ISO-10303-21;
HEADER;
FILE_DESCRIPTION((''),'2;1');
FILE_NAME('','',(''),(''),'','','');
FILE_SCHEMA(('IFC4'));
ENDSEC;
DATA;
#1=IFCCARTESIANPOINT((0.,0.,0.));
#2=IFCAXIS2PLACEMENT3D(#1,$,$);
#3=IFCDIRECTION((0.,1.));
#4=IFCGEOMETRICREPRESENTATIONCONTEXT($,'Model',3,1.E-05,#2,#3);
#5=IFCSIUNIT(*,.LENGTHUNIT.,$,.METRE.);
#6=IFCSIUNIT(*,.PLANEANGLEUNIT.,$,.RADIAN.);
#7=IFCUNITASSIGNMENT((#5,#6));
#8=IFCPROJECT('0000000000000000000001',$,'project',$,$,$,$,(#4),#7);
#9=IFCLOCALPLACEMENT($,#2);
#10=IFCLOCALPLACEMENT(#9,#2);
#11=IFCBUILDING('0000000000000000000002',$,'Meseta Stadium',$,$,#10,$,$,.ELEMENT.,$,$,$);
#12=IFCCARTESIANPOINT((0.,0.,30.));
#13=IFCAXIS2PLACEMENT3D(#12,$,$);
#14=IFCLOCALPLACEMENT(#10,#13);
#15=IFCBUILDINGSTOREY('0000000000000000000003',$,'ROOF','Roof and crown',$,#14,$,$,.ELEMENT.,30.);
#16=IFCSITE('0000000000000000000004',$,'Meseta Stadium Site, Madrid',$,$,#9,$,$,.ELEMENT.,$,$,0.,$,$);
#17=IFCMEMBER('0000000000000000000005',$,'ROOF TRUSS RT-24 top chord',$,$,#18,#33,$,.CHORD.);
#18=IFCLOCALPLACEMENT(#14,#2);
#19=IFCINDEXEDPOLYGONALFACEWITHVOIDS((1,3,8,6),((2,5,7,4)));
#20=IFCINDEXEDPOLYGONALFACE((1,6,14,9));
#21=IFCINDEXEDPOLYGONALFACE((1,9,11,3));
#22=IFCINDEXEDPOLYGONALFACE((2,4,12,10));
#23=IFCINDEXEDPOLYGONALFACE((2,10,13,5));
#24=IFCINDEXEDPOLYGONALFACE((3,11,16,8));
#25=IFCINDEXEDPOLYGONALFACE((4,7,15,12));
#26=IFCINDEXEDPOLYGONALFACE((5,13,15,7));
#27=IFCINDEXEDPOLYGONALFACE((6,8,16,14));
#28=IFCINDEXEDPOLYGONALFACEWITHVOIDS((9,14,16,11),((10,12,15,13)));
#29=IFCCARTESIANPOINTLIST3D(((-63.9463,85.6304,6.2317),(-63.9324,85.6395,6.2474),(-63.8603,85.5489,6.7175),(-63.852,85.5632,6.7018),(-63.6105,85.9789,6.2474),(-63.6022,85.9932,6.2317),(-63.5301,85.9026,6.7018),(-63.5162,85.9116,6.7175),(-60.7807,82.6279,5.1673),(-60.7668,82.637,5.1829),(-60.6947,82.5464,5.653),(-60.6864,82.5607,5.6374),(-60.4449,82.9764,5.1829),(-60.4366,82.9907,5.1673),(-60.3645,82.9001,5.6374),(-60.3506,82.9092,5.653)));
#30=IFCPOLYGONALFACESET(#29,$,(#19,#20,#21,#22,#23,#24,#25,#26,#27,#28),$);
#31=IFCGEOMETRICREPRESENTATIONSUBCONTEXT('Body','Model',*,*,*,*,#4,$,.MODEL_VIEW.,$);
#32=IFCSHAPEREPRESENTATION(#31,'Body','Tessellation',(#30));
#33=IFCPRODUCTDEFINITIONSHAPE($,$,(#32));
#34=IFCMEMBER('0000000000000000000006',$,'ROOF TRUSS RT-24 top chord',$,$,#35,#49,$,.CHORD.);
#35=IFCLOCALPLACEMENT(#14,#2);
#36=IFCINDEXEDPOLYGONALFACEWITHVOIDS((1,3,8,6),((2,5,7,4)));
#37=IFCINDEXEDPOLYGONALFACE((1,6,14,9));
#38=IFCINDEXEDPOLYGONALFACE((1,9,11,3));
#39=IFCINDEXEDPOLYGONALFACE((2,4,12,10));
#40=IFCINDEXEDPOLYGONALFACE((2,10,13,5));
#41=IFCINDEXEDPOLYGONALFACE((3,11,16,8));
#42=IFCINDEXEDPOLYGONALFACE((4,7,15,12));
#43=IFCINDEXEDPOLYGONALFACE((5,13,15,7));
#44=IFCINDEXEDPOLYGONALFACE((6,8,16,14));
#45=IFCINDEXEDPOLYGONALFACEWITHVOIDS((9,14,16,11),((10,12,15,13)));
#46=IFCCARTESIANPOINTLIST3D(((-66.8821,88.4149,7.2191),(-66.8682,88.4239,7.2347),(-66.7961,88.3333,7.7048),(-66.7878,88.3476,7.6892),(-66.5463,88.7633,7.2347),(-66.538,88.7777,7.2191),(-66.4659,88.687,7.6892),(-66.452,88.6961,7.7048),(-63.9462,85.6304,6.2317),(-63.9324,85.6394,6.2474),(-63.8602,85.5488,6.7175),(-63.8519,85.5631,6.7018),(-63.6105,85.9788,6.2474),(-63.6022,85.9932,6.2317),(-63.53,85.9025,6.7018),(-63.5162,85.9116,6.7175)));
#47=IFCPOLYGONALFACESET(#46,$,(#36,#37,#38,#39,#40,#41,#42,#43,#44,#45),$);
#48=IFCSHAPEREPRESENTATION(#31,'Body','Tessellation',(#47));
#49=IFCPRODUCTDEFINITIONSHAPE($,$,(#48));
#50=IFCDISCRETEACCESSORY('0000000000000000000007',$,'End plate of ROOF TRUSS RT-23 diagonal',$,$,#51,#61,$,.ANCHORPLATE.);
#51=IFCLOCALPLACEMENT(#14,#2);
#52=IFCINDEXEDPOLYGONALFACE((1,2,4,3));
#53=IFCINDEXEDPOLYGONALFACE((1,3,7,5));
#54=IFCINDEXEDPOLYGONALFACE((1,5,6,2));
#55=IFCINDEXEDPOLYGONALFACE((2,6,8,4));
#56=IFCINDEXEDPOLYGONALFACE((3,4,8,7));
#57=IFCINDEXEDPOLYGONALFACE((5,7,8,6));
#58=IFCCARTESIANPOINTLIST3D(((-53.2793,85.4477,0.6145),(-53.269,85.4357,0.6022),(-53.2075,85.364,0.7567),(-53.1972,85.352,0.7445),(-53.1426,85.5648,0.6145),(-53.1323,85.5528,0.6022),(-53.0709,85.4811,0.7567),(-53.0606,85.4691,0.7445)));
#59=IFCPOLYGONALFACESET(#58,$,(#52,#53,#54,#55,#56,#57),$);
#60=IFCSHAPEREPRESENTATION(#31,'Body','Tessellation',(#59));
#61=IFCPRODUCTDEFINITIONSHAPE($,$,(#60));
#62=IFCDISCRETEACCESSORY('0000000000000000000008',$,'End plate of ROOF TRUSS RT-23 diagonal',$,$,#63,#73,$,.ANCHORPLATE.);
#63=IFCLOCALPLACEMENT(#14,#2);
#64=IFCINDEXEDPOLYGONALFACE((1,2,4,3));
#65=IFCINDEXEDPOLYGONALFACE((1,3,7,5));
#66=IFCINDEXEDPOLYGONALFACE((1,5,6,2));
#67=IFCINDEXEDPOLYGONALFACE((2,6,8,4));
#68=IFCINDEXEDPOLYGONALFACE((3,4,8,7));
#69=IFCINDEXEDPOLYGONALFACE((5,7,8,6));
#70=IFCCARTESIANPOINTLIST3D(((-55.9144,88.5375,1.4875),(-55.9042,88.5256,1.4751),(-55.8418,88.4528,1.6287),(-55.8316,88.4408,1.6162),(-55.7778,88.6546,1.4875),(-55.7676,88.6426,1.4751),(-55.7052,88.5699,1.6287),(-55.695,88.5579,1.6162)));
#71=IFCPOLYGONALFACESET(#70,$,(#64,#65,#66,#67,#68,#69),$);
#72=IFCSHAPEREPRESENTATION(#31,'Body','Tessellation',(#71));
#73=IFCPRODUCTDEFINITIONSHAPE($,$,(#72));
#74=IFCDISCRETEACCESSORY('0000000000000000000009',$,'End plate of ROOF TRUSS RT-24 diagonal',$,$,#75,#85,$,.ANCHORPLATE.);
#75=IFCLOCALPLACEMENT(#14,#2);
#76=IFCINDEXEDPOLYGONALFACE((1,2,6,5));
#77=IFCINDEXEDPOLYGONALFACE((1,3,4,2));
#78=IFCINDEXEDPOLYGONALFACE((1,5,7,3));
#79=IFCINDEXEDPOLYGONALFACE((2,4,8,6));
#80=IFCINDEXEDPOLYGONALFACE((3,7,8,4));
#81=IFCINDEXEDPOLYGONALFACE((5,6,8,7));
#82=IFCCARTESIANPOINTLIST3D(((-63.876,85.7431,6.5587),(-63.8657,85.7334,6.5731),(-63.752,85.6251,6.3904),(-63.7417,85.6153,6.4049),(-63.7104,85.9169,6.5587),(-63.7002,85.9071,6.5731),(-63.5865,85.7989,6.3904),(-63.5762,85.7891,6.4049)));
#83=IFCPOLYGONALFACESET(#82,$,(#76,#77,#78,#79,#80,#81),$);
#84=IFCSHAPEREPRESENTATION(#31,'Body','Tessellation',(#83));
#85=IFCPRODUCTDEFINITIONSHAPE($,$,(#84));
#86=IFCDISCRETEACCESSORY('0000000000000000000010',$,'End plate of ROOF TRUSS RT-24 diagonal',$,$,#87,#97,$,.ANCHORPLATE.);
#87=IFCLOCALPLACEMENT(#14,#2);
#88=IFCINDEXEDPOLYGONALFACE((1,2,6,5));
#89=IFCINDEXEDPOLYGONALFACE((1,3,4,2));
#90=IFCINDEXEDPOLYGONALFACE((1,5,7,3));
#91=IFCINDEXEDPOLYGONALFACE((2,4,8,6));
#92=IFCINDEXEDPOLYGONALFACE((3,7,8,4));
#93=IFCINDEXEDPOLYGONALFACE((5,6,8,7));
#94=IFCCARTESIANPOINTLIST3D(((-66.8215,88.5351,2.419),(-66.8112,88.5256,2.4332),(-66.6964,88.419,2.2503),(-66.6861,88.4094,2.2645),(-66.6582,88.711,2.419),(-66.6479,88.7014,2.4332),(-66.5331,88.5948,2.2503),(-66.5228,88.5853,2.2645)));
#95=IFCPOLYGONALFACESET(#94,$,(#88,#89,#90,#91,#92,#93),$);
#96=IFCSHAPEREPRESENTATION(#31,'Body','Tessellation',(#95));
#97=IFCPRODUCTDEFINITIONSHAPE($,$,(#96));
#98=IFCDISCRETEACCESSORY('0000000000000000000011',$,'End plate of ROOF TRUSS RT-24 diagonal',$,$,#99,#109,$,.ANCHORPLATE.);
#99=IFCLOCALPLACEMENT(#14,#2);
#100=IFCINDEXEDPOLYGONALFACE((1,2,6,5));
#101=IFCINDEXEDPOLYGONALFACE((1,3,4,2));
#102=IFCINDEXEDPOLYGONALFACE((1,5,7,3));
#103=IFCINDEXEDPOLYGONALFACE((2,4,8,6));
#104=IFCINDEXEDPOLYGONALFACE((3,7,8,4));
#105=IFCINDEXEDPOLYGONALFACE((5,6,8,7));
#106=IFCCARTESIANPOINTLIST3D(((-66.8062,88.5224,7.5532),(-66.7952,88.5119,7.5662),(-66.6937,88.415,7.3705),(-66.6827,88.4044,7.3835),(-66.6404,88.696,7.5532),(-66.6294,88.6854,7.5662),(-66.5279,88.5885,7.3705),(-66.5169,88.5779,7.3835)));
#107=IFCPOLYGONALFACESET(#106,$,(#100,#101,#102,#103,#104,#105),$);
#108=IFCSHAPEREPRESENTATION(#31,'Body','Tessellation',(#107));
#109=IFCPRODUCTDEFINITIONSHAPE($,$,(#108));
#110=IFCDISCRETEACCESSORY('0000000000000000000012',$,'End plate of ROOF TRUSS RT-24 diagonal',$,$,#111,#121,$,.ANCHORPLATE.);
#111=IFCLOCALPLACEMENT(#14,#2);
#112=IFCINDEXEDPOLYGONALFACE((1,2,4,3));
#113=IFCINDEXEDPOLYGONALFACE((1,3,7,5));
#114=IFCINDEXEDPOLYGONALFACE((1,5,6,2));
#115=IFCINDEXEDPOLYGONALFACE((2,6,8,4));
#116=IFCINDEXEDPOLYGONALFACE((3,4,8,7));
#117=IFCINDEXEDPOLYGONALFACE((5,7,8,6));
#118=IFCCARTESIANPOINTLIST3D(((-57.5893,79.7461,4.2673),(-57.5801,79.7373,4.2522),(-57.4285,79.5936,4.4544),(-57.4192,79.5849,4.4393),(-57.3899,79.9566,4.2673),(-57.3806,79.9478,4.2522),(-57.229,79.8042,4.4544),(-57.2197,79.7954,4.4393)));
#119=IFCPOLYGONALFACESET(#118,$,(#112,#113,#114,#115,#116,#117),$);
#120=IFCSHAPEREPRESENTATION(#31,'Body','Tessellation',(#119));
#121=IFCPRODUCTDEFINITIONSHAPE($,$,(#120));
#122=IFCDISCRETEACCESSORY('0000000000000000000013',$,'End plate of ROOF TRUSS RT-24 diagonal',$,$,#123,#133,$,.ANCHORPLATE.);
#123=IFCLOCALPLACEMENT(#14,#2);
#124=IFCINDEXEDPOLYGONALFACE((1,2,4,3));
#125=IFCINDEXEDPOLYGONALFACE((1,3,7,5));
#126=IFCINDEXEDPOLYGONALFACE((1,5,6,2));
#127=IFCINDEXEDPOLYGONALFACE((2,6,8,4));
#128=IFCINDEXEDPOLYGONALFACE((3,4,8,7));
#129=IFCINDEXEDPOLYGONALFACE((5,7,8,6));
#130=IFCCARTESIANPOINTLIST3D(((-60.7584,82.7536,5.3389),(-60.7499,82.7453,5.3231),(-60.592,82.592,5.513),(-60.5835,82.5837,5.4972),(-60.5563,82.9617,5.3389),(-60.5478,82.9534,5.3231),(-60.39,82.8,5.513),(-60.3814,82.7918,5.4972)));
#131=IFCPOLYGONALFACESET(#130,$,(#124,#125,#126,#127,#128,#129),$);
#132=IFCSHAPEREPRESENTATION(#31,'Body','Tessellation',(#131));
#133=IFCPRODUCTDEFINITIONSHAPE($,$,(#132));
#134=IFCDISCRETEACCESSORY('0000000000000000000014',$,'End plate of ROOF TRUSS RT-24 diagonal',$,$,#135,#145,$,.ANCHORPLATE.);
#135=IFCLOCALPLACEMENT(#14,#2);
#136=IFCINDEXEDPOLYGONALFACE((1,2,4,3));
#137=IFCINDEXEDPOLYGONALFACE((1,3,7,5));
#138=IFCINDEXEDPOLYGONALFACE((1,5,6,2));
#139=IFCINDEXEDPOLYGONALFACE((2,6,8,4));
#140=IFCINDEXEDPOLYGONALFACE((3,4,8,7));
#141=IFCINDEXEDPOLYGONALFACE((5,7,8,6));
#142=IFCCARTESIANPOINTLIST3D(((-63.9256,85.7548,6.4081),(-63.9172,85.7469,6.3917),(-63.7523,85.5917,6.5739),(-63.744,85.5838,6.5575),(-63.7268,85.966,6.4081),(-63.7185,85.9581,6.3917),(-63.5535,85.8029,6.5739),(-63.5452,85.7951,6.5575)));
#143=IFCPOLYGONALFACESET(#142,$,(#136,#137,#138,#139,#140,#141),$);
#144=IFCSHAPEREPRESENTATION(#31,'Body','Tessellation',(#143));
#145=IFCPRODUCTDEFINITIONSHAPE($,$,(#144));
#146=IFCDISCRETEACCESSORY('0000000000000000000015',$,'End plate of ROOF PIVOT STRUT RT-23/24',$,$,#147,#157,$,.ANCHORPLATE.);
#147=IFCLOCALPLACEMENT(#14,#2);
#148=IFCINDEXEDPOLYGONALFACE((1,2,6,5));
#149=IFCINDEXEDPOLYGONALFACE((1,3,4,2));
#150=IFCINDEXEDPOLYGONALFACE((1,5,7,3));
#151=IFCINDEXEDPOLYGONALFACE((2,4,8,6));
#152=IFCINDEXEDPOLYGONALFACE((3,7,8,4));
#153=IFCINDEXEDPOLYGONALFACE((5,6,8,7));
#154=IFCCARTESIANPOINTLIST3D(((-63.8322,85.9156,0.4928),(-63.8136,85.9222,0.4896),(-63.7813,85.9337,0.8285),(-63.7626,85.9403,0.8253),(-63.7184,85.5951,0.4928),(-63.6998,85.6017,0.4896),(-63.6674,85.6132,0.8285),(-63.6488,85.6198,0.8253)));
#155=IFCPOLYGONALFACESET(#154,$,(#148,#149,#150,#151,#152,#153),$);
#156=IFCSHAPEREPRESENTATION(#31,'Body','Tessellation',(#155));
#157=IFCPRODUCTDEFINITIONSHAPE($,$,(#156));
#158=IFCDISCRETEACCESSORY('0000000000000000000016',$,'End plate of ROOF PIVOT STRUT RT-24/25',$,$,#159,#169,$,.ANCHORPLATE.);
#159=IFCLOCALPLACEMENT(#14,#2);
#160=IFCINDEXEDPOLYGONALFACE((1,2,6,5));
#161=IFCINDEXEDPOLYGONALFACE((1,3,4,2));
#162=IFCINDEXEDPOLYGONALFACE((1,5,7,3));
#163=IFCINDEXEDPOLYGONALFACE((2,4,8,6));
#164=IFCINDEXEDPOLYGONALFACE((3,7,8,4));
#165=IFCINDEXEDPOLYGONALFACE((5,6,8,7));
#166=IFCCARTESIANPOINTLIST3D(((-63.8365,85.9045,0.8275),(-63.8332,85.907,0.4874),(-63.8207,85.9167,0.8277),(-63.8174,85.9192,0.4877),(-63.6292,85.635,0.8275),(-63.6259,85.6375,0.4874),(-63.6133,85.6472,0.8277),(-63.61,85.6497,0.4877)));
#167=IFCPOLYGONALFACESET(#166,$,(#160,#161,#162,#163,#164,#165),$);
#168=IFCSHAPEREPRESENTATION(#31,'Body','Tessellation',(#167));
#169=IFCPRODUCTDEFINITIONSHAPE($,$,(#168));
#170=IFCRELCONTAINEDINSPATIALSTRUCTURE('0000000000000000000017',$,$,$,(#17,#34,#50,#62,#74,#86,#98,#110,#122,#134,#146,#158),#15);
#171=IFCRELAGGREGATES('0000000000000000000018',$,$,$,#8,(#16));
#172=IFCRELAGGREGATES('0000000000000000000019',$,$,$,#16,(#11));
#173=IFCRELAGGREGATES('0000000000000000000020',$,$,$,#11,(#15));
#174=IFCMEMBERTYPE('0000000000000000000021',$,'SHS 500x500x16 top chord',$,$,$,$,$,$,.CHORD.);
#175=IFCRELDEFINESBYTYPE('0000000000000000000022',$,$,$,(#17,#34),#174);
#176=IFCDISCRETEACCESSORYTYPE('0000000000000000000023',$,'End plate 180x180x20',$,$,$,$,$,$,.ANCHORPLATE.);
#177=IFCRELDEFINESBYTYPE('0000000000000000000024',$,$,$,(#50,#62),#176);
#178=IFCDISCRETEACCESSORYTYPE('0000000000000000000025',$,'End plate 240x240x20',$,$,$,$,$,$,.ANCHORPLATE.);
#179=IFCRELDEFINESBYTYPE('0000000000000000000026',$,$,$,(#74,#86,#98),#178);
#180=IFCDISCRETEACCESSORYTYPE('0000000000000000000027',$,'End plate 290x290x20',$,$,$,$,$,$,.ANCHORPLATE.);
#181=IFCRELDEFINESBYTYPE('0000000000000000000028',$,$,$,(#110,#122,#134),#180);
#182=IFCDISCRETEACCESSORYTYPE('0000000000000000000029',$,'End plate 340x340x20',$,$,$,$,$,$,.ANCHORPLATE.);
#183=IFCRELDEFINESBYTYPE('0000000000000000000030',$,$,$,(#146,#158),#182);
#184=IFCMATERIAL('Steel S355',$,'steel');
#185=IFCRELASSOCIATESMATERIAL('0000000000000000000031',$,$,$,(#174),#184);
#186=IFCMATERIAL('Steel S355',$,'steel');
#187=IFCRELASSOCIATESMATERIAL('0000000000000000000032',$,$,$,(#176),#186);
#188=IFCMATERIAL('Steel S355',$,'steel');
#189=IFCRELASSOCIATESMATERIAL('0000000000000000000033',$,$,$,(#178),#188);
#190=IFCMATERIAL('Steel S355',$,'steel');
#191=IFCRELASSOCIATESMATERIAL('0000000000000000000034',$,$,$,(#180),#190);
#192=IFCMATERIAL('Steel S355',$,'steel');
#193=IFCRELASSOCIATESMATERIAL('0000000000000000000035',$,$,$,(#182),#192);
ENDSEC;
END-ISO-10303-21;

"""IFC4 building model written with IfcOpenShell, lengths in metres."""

from ifc_helpers import new_model, si_unit, direction, frame, origin, origin_2d, place, context, subcontext, project, spatial, rectangle, hollow_rectangle, extrude, material, material_profile, profile_set, type_object, element, save


model = new_model("IFC4")

# Units and contexts
model_context = context("Model", 3, precision=1e-05, world=origin(), true_north=direction((0.0, 1.0)))
body_context = subcontext(model_context, "Body", "Model", "MODEL_VIEW")
ifc_project = project(units=[si_unit("LENGTHUNIT", "METRE"), si_unit("PLANEANGLEUNIT", "RADIAN")], contexts=[model_context])

# Site, building, storey
site_placement = place(None, origin())
site = spatial("IfcSite", under=ifc_project, at=site_placement, Name="Meseta Stadium Site, Madrid", CompositionType="ELEMENT", RefElevation=0.0)
building_placement = place(site_placement, origin())
building = spatial("IfcBuilding", under=site, at=building_placement, Name="Meseta Stadium", CompositionType="ELEMENT")
storey_placement = place(building_placement, frame((0.0, 0.0, 30.0)))
storey = spatial("IfcBuildingStorey", under=building, at=storey_placement, Name="ROOF", Description="Roof and crown", CompositionType="ELEMENT", Elevation=30.0)

# Members
ifc_material_1 = material(Name="Steel S355", Category="steel")
ifc_material_profile_1 = material_profile(ifc_material_1, hollow_rectangle(XDim=0.5, YDim=0.5, WallThickness=0.0161, at=origin_2d()), Name="SHS 500x500x16")
ifc_profile_set_1 = profile_set([ifc_material_profile_1], Name="Steel S355")
member_type_1 = type_object("IfcMemberType", Name="SHS 500x500x16 top chord", PredefinedType="CHORD", material=ifc_profile_set_1)
member_1_placement = place(storey_placement, frame((-60.5657, 82.7686, 5.4102), z_axis=(-0.704874, 0.66856, 0.237024), x_axis=(-0.68817, -0.72555, 0.0)))
element("IfcMember", 1, at=member_1_placement, inside=storey, type_object=member_type_1, Name="ROOF TRUSS RT-24 top chord", PredefinedType="CHORD", context=body_context, shape_type="SweptSolid", body=[
    extrude(hollow_rectangle(XDim=0.5, YDim=0.5, WallThickness=0.0161, at=origin_2d()), origin(), (0.0, 0.0, 1.0), 4.491),
])
member_2_placement = place(storey_placement, frame((-63.7312, 85.771, 6.4746), z_axis=(-0.704883, 0.66854, 0.237052), x_axis=(-0.688155, -0.725564, 0.0)))
element("IfcMember", 2, at=member_2_placement, inside=storey, type_object=member_type_1, Name="ROOF TRUSS RT-24 top chord", PredefinedType="CHORD", context=body_context, shape_type="SweptSolid", body=[
    extrude(hollow_rectangle(XDim=0.5, YDim=0.5, WallThickness=0.0161, at=origin_2d()), origin(), (0.0, 0.0, 1.0), 4.165),
])

# Discrete accessories
ifc_material_2 = material(Name="Steel S355", Category="steel")
ifc_material_profile_2 = material_profile(ifc_material_2, rectangle(XDim=0.1799, YDim=0.1799, at=origin_2d()), Name="PL 180x180")
ifc_profile_set_2 = profile_set([ifc_material_profile_2], Name="Steel S355")
discrete_accessory_type_1 = type_object("IfcDiscreteAccessoryType", Name="End plate 180x180x20", PredefinedType="ANCHORPLATE", material=ifc_profile_set_2)
for number, where, z_axis, x_axis, name in (
    (3, (-53.1648, 85.4524, 0.6733), (-0.514457, 0.6002, 0.612449), (-0.759257, -0.650791, 0.0), "End plate of ROOF TRUSS RT-23 diagonal"),
    (4, (-55.7996, 88.5417, 1.5457), (-0.510603, 0.595703, 0.620018), (-0.759257, -0.650791, 0.0), "End plate of ROOF TRUSS RT-23 diagonal"),
):
    element("IfcDiscreteAccessory", number, at=place(storey_placement, frame(where, z_axis=z_axis, x_axis=x_axis)), inside=storey, type_object=discrete_accessory_type_1, Name=name, PredefinedType="ANCHORPLATE", context=body_context, shape_type="SweptSolid", body=[
        extrude(rectangle(XDim=0.1799, YDim=0.1799, at=origin_2d()), origin(), (0.0, 0.0, 1.0), 0.02),
    ])
ifc_material_3 = material(Name="Steel S355", Category="steel")
ifc_material_profile_3 = material_profile(ifc_material_3, rectangle(XDim=0.24, YDim=0.24, at=origin_2d()), Name="PL 240x240")
ifc_profile_set_3 = profile_set([ifc_material_profile_3], Name="Steel S355")
discrete_accessory_type_2 = type_object("IfcDiscreteAccessoryType", Name="End plate 240x240x20", PredefinedType="ANCHORPLATE", material=ifc_profile_set_3)
discrete_accessory_1_placement = place(storey_placement, frame((-63.7209, 85.7612, 6.489), z_axis=(-0.507648, 0.483474, -0.713124), x_axis=(-0.689655, -0.724138, 0.0)))
element("IfcDiscreteAccessory", 5, at=discrete_accessory_1_placement, inside=storey, type_object=discrete_accessory_type_2, Name="End plate of ROOF TRUSS RT-24 diagonal", PredefinedType="ANCHORPLATE", context=body_context, shape_type="SweptSolid", body=[
    extrude(rectangle(XDim=0.24, YDim=0.24, at=origin_2d()), origin(), (0.0, 0.0, 1.0), 0.0203),
])
for number, where, z_axis, x_axis, name in (
    (6, (-66.667, 88.5554, 2.3489), (-0.515076, 0.478285, -0.711295), (-0.680451, -0.732793, 0.0), "End plate of ROOF TRUSS RT-24 diagonal"),
    (7, (-66.656, 88.5449, 7.4749), (-0.550461, 0.525996, -0.648321), (-0.690858, -0.722991, 0.0), "End plate of ROOF TRUSS RT-24 diagonal"),
):
    element("IfcDiscreteAccessory", number, at=place(storey_placement, frame(where, z_axis=z_axis, x_axis=x_axis)), inside=storey, type_object=discrete_accessory_type_2, Name=name, PredefinedType="ANCHORPLATE", context=body_context, shape_type="SweptSolid", body=[
        extrude(rectangle(XDim=0.24, YDim=0.24, at=origin_2d()), origin(), (0.0, 0.0, 1.0), 0.02),
    ])
ifc_material_4 = material(Name="Steel S355", Category="steel")
ifc_material_profile_4 = material_profile(ifc_material_4, rectangle(XDim=0.29, YDim=0.29, at=origin_2d()), Name="PL 290x290")
ifc_profile_set_4 = profile_set([ifc_material_profile_4], Name="Steel S355")
discrete_accessory_type_3 = type_object("IfcDiscreteAccessoryType", Name="End plate 290x290x20", PredefinedType="ANCHORPLATE", material=ifc_profile_set_4)
for number, where, z_axis, x_axis, name in (
    (8, (-57.3999, 79.7664, 4.3457), (-0.468316, 0.443667, 0.764094), (-0.687745, -0.725953, 0.0), "End plate of ROOF TRUSS RT-24 diagonal"),
    (9, (-60.5657, 82.7686, 5.4102), (-0.430625, 0.418321, 0.799731), (-0.696786, -0.717279, 0.0), "End plate of ROOF TRUSS RT-24 diagonal"),
):
    element("IfcDiscreteAccessory", number, at=place(storey_placement, frame(where, z_axis=z_axis, x_axis=x_axis)), inside=storey, type_object=discrete_accessory_type_3, Name=name, PredefinedType="ANCHORPLATE", context=body_context, shape_type="SweptSolid", body=[
        extrude(rectangle(XDim=0.29, YDim=0.29, at=origin_2d()), origin(), (0.0, 0.0, 1.0), 0.0198),
    ])
discrete_accessory_2_placement = place(storey_placement, frame((-63.7312, 85.771, 6.4746), z_axis=(-0.41634, 0.39185, 0.820436), x_axis=(-0.685365, -0.7282, 0.0)))
element("IfcDiscreteAccessory", 10, at=discrete_accessory_2_placement, inside=storey, type_object=discrete_accessory_type_3, Name="End plate of ROOF TRUSS RT-24 diagonal", PredefinedType="ANCHORPLATE", context=body_context, shape_type="SweptSolid", body=[
    extrude(rectangle(XDim=0.29, YDim=0.29, at=origin_2d()), origin(), (0.0, 0.0, 1.0), 0.02),
])
ifc_material_5 = material(Name="Steel S355", Category="steel")
ifc_material_profile_5 = material_profile(ifc_material_5, rectangle(XDim=0.3401, YDim=0.3401, at=origin_2d()), Name="PL 340x340")
ifc_profile_set_5 = profile_set([ifc_material_profile_5], Name="Steel S355")
discrete_accessory_type_4 = type_object("IfcDiscreteAccessoryType", Name="End plate 340x340x20", PredefinedType="ANCHORPLATE", material=ifc_profile_set_5)
for number, where, z_axis, x_axis, name in (
    (11, (-63.7312, 85.771, 0.6575), (-0.930295, -0.330499, 0.159129), (0.334765, -0.942302, 0.0), "End plate of ROOF PIVOT STRUT RT-23/24"),
    (12, (-63.7153, 85.7832, 0.6577), (-0.792565, -0.609665, -0.012193), (0.609711, -0.792624, 0.0), "End plate of ROOF PIVOT STRUT RT-24/25"),
):
    element("IfcDiscreteAccessory", number, at=place(storey_placement, frame(where, z_axis=z_axis, x_axis=x_axis)), inside=storey, type_object=discrete_accessory_type_4, Name=name, PredefinedType="ANCHORPLATE", context=body_context, shape_type="SweptSolid", body=[
        extrude(rectangle(XDim=0.3401, YDim=0.3401, at=origin_2d()), origin(), (0.0, 0.0, 1.0), 0.02),
    ])

save(model, "model.ifc")
